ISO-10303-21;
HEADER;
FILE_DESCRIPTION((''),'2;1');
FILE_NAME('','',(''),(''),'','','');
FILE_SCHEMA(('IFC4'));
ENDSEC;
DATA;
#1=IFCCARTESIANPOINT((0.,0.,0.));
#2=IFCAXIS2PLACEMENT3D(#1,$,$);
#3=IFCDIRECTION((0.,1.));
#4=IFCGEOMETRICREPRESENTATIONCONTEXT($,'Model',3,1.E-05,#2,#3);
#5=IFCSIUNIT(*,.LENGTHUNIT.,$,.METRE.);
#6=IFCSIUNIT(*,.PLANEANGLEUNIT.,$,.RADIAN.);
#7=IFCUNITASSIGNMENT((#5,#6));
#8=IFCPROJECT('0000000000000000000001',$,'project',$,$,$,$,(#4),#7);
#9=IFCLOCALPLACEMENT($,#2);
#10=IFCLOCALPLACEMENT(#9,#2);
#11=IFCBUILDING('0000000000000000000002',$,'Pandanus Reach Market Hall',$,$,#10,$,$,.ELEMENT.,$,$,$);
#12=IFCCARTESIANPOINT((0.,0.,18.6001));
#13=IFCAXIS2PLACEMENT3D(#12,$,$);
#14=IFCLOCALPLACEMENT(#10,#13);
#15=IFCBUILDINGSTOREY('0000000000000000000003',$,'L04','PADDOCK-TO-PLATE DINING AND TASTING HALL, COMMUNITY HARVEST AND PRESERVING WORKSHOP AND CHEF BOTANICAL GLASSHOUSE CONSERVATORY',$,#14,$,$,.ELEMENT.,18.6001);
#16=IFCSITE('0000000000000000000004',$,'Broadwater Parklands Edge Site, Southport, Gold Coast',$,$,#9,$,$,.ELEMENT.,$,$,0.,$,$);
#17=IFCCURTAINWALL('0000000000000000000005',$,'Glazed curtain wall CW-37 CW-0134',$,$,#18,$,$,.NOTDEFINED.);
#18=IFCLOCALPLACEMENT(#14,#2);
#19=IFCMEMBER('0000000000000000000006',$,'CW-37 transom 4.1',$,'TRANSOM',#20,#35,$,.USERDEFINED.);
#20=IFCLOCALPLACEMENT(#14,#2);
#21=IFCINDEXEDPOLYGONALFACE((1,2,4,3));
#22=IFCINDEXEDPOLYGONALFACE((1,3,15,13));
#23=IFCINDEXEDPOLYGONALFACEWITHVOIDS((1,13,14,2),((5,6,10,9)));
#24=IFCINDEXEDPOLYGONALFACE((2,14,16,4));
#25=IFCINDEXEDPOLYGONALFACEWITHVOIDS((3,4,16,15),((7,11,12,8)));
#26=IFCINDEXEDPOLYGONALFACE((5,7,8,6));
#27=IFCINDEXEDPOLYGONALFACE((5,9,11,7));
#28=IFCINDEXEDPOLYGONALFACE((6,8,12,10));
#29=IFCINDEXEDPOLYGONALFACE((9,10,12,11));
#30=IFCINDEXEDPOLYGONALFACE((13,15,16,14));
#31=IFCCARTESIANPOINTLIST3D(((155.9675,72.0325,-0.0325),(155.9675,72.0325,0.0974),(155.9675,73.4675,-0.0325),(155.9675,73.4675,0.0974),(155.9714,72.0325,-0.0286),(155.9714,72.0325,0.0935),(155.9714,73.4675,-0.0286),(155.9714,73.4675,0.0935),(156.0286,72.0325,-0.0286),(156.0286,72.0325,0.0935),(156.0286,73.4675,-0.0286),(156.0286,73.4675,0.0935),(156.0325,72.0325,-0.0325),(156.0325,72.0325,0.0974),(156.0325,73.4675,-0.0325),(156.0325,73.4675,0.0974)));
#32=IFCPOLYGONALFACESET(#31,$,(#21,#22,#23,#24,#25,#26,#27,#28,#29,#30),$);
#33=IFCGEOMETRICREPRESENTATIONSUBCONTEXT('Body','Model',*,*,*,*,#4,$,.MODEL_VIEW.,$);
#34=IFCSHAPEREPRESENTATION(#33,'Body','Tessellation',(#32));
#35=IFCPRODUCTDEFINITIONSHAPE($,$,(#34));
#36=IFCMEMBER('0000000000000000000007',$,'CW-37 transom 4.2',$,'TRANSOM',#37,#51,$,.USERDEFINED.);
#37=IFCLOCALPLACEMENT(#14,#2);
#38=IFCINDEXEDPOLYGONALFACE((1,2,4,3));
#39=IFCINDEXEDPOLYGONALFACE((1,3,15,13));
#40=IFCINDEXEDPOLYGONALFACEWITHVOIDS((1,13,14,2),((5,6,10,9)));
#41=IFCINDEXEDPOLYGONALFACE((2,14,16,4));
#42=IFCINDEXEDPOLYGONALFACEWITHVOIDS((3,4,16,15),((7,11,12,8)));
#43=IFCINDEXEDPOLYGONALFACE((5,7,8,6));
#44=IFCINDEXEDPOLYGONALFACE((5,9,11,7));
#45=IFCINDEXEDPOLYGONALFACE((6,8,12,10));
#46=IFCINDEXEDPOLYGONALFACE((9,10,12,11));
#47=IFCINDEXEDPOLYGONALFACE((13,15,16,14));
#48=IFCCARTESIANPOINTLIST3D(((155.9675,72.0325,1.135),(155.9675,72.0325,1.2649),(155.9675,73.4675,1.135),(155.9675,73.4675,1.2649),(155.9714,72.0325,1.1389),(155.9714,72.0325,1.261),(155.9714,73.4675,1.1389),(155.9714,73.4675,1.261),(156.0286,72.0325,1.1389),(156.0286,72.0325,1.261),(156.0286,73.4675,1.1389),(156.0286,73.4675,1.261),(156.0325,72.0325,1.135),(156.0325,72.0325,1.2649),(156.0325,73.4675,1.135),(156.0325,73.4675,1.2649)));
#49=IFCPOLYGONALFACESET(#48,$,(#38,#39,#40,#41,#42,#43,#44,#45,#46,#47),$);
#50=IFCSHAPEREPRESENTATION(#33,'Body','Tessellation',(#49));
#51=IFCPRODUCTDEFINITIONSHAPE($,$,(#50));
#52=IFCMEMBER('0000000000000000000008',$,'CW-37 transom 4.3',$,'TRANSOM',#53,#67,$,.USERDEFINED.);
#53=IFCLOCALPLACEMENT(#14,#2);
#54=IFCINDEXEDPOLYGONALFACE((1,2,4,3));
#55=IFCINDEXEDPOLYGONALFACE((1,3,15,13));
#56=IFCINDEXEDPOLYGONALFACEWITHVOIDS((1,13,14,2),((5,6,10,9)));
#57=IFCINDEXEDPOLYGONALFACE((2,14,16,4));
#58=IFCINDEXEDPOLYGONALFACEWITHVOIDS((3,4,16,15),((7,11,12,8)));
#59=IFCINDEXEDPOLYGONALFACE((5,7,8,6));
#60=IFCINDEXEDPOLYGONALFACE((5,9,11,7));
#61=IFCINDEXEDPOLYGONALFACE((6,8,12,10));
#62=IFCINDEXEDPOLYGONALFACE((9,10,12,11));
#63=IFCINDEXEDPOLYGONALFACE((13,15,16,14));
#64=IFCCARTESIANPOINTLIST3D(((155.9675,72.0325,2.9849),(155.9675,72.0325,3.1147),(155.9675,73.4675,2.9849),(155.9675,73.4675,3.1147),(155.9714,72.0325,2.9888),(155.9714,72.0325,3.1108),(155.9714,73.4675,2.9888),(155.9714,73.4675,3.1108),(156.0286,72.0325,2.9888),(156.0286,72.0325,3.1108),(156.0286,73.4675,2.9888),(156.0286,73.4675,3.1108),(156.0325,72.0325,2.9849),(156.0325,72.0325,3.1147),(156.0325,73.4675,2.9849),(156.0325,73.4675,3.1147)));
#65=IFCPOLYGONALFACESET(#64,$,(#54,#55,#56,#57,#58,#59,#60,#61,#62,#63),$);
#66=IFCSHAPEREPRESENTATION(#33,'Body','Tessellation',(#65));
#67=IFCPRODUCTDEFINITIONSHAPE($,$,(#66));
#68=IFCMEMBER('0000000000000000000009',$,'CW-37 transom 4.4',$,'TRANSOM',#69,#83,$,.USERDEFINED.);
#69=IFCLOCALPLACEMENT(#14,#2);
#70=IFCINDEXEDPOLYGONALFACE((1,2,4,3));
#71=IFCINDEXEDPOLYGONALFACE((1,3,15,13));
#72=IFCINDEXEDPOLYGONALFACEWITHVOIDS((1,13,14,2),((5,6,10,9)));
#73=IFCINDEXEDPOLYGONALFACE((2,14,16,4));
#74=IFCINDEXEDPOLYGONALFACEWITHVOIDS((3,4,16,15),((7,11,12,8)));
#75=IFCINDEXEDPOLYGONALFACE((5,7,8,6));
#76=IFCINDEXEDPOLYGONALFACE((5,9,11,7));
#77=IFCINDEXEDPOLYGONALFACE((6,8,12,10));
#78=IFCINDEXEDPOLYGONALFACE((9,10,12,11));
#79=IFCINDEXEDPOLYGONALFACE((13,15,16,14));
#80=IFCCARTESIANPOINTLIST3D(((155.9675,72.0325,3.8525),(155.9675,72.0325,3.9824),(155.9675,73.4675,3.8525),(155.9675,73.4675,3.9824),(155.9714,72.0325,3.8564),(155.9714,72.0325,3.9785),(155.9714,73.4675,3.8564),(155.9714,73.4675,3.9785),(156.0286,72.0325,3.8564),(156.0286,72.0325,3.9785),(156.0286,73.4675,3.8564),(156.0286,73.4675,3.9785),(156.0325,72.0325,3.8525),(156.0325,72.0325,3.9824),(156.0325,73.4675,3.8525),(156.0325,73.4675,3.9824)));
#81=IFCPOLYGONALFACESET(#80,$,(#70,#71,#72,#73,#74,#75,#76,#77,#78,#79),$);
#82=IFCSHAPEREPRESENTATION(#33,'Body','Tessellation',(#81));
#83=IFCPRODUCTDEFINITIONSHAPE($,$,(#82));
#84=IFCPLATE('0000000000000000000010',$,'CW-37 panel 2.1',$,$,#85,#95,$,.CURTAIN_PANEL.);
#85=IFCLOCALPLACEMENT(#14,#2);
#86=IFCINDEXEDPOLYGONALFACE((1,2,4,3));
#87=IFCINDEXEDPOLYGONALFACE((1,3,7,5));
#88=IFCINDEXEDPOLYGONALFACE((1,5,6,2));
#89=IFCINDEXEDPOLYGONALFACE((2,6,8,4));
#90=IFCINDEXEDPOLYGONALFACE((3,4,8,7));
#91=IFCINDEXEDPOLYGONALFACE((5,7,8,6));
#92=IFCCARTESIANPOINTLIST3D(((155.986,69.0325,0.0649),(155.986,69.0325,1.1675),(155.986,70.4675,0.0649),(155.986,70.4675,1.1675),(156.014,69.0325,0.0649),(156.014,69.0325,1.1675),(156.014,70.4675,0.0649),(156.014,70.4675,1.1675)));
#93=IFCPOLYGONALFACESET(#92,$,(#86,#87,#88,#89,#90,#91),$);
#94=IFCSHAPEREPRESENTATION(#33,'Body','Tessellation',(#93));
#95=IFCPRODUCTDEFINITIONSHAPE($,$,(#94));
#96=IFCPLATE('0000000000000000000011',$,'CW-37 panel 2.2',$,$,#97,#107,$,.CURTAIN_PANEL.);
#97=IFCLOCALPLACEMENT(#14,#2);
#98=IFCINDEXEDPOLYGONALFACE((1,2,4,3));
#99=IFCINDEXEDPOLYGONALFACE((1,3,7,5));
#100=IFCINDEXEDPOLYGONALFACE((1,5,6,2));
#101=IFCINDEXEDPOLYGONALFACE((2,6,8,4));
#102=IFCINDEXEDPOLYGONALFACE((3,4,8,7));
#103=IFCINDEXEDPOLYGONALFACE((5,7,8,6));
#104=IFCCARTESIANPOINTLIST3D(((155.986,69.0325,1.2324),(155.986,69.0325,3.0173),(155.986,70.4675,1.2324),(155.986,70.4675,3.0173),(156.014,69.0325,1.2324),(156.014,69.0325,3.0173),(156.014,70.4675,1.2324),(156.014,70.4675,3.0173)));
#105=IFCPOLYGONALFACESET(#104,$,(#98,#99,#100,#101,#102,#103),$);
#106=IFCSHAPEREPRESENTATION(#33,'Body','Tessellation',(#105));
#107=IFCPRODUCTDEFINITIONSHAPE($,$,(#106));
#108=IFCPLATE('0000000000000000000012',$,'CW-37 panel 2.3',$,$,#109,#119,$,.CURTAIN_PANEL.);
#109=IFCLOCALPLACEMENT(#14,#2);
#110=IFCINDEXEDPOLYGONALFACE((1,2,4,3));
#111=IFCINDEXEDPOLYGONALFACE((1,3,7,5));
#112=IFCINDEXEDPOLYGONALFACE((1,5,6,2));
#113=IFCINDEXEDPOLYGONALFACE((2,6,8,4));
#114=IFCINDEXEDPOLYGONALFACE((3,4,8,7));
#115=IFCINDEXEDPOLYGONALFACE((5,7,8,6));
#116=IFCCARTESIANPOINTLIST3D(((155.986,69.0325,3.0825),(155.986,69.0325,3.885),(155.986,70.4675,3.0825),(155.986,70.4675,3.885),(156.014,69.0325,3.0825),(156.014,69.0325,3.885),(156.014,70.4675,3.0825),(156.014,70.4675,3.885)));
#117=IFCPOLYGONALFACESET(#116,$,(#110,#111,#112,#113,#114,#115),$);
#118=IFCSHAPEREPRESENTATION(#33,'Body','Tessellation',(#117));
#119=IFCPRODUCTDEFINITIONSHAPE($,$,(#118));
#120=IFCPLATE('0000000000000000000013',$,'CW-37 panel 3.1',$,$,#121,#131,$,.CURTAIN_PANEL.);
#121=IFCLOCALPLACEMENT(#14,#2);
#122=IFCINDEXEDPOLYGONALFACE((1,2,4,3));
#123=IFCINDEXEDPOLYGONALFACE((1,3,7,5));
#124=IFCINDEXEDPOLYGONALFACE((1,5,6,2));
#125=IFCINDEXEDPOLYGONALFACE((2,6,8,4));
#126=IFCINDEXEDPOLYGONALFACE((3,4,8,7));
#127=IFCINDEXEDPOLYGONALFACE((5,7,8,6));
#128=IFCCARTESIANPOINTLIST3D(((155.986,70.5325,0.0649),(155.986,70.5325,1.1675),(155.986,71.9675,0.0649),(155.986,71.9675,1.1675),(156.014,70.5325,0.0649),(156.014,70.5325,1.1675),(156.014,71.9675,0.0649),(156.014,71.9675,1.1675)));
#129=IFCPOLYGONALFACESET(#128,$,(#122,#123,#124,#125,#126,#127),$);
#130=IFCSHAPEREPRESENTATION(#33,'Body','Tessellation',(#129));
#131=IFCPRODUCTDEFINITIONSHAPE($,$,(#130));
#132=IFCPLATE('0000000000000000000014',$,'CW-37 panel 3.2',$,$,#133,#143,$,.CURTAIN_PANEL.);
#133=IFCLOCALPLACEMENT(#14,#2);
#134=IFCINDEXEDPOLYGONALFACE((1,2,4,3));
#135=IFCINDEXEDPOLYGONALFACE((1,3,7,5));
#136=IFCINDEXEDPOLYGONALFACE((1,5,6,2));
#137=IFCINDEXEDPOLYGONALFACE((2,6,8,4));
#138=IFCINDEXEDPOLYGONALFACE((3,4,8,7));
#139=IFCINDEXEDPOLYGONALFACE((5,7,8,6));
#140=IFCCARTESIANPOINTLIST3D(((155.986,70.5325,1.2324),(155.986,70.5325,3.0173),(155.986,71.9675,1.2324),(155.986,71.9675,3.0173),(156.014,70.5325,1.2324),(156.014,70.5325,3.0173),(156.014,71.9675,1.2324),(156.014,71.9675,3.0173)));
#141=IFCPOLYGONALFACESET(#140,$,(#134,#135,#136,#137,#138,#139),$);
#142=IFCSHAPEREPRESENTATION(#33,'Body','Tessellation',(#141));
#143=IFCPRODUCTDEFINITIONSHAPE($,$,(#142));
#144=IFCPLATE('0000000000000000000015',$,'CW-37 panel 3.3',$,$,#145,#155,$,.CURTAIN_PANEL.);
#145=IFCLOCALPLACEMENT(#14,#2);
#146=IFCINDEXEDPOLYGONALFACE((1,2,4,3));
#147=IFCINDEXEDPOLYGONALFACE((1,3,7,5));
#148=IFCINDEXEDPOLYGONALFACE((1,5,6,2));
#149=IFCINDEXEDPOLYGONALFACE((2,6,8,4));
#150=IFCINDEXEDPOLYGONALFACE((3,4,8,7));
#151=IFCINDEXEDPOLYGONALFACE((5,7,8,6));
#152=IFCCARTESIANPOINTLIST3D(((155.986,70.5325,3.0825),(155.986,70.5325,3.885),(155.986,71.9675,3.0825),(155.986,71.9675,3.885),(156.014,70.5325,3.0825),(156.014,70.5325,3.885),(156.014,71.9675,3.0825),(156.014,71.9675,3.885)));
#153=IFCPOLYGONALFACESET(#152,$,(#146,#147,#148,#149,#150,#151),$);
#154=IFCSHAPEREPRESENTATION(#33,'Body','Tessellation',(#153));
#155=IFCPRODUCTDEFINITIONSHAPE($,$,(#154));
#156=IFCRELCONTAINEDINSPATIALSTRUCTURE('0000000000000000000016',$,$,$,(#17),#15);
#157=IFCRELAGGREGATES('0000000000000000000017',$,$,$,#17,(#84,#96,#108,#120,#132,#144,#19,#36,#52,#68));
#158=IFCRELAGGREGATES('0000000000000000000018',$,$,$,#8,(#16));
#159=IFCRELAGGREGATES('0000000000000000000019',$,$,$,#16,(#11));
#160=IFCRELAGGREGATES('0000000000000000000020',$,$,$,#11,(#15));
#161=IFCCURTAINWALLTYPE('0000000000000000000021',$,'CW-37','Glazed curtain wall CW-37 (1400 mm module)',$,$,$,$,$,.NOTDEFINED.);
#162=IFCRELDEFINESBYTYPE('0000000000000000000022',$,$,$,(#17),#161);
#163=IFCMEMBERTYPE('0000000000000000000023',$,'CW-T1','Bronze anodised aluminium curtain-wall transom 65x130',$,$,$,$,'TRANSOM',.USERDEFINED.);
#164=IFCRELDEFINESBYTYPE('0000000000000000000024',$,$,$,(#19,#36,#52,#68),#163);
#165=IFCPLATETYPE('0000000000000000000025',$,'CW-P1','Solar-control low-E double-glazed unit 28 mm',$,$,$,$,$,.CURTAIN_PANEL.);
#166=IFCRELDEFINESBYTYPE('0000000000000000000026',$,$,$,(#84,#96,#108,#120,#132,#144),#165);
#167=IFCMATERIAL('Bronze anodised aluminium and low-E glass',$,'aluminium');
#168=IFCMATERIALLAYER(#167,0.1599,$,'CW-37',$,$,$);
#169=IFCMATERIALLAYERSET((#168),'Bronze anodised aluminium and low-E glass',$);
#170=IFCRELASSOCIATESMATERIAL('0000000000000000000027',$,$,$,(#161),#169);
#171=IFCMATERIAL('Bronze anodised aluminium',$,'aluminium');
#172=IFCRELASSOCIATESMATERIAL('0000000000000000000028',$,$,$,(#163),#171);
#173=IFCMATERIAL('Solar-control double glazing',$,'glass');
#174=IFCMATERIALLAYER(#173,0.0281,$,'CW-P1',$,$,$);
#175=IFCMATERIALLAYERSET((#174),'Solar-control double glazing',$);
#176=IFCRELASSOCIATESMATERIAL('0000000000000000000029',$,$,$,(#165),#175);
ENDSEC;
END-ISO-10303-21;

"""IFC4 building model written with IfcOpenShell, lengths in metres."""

from ifc_helpers import new_model, si_unit, direction, frame, origin, origin_2d, place, context, subcontext, project, spatial, rectangle, hollow_rectangle, extrude, material, layer, layer_set, material_profile, profile_set, type_object, element, aggregate, save


model = new_model("IFC4")

# Units and contexts
model_context = context("Model", 3, precision=1e-05, world=origin(), true_north=direction((0.0, 1.0)))
body_context = subcontext(model_context, "Body", "Model", "MODEL_VIEW")
ifc_project = project(units=[si_unit("LENGTHUNIT", "METRE"), si_unit("PLANEANGLEUNIT", "RADIAN")], contexts=[model_context])

# Site, building, storey
site_placement = place(None, origin())
site = spatial("IfcSite", under=ifc_project, at=site_placement, Name="Broadwater Parklands Edge Site, Southport, Gold Coast", CompositionType="ELEMENT", RefElevation=0.0)
building_placement = place(site_placement, origin())
building = spatial("IfcBuilding", under=site, at=building_placement, Name="Pandanus Reach Market Hall", CompositionType="ELEMENT")
storey_placement = place(building_placement, frame((0.0, 0.0, 18.6001)))
storey = spatial("IfcBuildingStorey", under=building, at=storey_placement, Name="L04", Description="PADDOCK-TO-PLATE DINING AND TASTING HALL, COMMUNITY HARVEST AND PRESERVING WORKSHOP AND CHEF BOTANICAL GLASSHOUSE CONSERVATORY", CompositionType="ELEMENT", Elevation=18.6001)

# Curtain wall, members, plates
ifc_material_1 = material(Name="Bronze anodised aluminium and low-E glass", Category="aluminium")
ifc_layer_1 = layer(ifc_material_1, 0.1599, Name="CW-37")
ifc_layer_set_1 = layer_set([ifc_layer_1], Name="Bronze anodised aluminium and low-E glass")
curtain_wall_type = type_object("IfcCurtainWallType", Name="CW-37", Description="Glazed curtain wall CW-37 (1400 mm module)", PredefinedType="NOTDEFINED", material=ifc_layer_set_1)
curtain_wall_placement = place(storey_placement, origin())
curtain_wall = element("IfcCurtainWall", 1, at=curtain_wall_placement, inside=storey, type_object=curtain_wall_type, Name="Glazed curtain wall CW-37 CW-0134", PredefinedType="NOTDEFINED")
ifc_material_2 = material(Name="Bronze anodised aluminium", Category="aluminium")
ifc_material_profile_1 = material_profile(ifc_material_2, hollow_rectangle(XDim=0.0649, YDim=0.1299, WallThickness=0.0039, at=origin_2d()), Name="ALU65x130", Category="LoadBearing")
ifc_profile_set_1 = profile_set([ifc_material_profile_1], Name="Bronze anodised aluminium")
member_type_1 = type_object("IfcMemberType", Name="CW-T1", Description="Bronze anodised aluminium curtain-wall transom 65x130", ElementType="TRANSOM", PredefinedType="USERDEFINED", material=ifc_profile_set_1)
member_1_placement = place(storey_placement, frame((156.0, 72.0325, 0.0325), z_axis=(0.0, 1.0, 0.0), x_axis=(-1.0, 0.0, 0.0)))
member_1 = element("IfcMember", 2, at=member_1_placement, type_object=member_type_1, Name="CW-37 transom 4.1", ObjectType="TRANSOM", PredefinedType="USERDEFINED", context=body_context, shape_type="SweptSolid", body=[
    extrude(hollow_rectangle(XDim=0.0649, YDim=0.1299, WallThickness=0.0039, at=origin_2d()), origin(), (0.0, 0.0, 1.0), 1.4351),
])
member_2_placement = place(storey_placement, frame((156.0, 72.0325, 1.2), z_axis=(0.0, 1.0, 0.0), x_axis=(-1.0, 0.0, 0.0)))
member_2 = element("IfcMember", 3, at=member_2_placement, type_object=member_type_1, Name="CW-37 transom 4.2", ObjectType="TRANSOM", PredefinedType="USERDEFINED", context=body_context, shape_type="SweptSolid", body=[
    extrude(hollow_rectangle(XDim=0.0649, YDim=0.1299, WallThickness=0.0039, at=origin_2d()), origin(), (0.0, 0.0, 1.0), 1.4351),
])
member_3_placement = place(storey_placement, frame((156.0, 72.0325, 3.0498), z_axis=(0.0, 1.0, 0.0), x_axis=(-1.0, 0.0, 0.0)))
member_3 = element("IfcMember", 4, at=member_3_placement, type_object=member_type_1, Name="CW-37 transom 4.3", ObjectType="TRANSOM", PredefinedType="USERDEFINED", context=body_context, shape_type="SweptSolid", body=[
    extrude(hollow_rectangle(XDim=0.0649, YDim=0.1299, WallThickness=0.0039, at=origin_2d()), origin(), (0.0, 0.0, 1.0), 1.4351),
])
member_4_placement = place(storey_placement, frame((156.0, 72.0325, 3.9175), z_axis=(0.0, 1.0, 0.0), x_axis=(-1.0, 0.0, 0.0)))
member_4 = element("IfcMember", 5, at=member_4_placement, type_object=member_type_1, Name="CW-37 transom 4.4", ObjectType="TRANSOM", PredefinedType="USERDEFINED", context=body_context, shape_type="SweptSolid", body=[
    extrude(hollow_rectangle(XDim=0.0649, YDim=0.1299, WallThickness=0.0039, at=origin_2d()), origin(), (0.0, 0.0, 1.0), 1.4351),
])
ifc_material_3 = material(Name="Solar-control double glazing", Category="glass")
ifc_layer_2 = layer(ifc_material_3, 0.0281, Name="CW-P1")
ifc_layer_set_2 = layer_set([ifc_layer_2], Name="Solar-control double glazing")
plate_type = type_object("IfcPlateType", Name="CW-P1", Description="Solar-control low-E double-glazed unit 28 mm", PredefinedType="CURTAIN_PANEL", material=ifc_layer_set_2)
plate_1_placement = place(storey_placement, frame((156.0, 69.75, 0.0649), z_axis=(0.0, 0.0, 1.0), x_axis=(0.0, 1.0, 0.0)))
plate_1 = element("IfcPlate", 6, at=plate_1_placement, type_object=plate_type, Name="CW-37 panel 2.1", PredefinedType="CURTAIN_PANEL", context=body_context, shape_type="SweptSolid", body=[
    extrude(rectangle(XDim=1.4351, YDim=0.0281, at=origin_2d()), origin(), (0.0, 0.0, 1.0), 1.1025),
])
plate_2_placement = place(storey_placement, frame((156.0, 69.75, 1.2324), z_axis=(0.0, 0.0, 1.0), x_axis=(0.0, 1.0, 0.0)))
plate_2 = element("IfcPlate", 7, at=plate_2_placement, type_object=plate_type, Name="CW-37 panel 2.2", PredefinedType="CURTAIN_PANEL", context=body_context, shape_type="SweptSolid", body=[
    extrude(rectangle(XDim=1.4351, YDim=0.0281, at=origin_2d()), origin(), (0.0, 0.0, 1.0), 1.7849),
])
plate_3_placement = place(storey_placement, frame((156.0, 69.75, 3.0825), z_axis=(0.0, 0.0, 1.0), x_axis=(0.0, 1.0, 0.0)))
plate_3 = element("IfcPlate", 8, at=plate_3_placement, type_object=plate_type, Name="CW-37 panel 2.3", PredefinedType="CURTAIN_PANEL", context=body_context, shape_type="SweptSolid", body=[
    extrude(rectangle(XDim=1.4351, YDim=0.0281, at=origin_2d()), origin(), (0.0, 0.0, 1.0), 0.8025),
])
plate_4_placement = place(storey_placement, frame((156.0, 71.25, 0.0649), z_axis=(0.0, 0.0, 1.0), x_axis=(0.0, 1.0, 0.0)))
plate_4 = element("IfcPlate", 9, at=plate_4_placement, type_object=plate_type, Name="CW-37 panel 3.1", PredefinedType="CURTAIN_PANEL", context=body_context, shape_type="SweptSolid", body=[
    extrude(rectangle(XDim=1.4351, YDim=0.0281, at=origin_2d()), origin(), (0.0, 0.0, 1.0), 1.1025),
])
plate_5_placement = place(storey_placement, frame((156.0, 71.25, 1.2324), z_axis=(0.0, 0.0, 1.0), x_axis=(0.0, 1.0, 0.0)))
plate_5 = element("IfcPlate", 10, at=plate_5_placement, type_object=plate_type, Name="CW-37 panel 3.2", PredefinedType="CURTAIN_PANEL", context=body_context, shape_type="SweptSolid", body=[
    extrude(rectangle(XDim=1.4351, YDim=0.0281, at=origin_2d()), origin(), (0.0, 0.0, 1.0), 1.7849),
])
plate_6_placement = place(storey_placement, frame((156.0, 71.25, 3.0825), z_axis=(0.0, 0.0, 1.0), x_axis=(0.0, 1.0, 0.0)))
plate_6 = element("IfcPlate", 11, at=plate_6_placement, type_object=plate_type, Name="CW-37 panel 3.3", PredefinedType="CURTAIN_PANEL", context=body_context, shape_type="SweptSolid", body=[
    extrude(rectangle(XDim=1.4351, YDim=0.0281, at=origin_2d()), origin(), (0.0, 0.0, 1.0), 0.8025),
])
aggregate(curtain_wall, [plate_1, plate_2, plate_3, plate_4, plate_5, plate_6, member_1, member_2, member_3, member_4])

save(model, "model.ifc")
